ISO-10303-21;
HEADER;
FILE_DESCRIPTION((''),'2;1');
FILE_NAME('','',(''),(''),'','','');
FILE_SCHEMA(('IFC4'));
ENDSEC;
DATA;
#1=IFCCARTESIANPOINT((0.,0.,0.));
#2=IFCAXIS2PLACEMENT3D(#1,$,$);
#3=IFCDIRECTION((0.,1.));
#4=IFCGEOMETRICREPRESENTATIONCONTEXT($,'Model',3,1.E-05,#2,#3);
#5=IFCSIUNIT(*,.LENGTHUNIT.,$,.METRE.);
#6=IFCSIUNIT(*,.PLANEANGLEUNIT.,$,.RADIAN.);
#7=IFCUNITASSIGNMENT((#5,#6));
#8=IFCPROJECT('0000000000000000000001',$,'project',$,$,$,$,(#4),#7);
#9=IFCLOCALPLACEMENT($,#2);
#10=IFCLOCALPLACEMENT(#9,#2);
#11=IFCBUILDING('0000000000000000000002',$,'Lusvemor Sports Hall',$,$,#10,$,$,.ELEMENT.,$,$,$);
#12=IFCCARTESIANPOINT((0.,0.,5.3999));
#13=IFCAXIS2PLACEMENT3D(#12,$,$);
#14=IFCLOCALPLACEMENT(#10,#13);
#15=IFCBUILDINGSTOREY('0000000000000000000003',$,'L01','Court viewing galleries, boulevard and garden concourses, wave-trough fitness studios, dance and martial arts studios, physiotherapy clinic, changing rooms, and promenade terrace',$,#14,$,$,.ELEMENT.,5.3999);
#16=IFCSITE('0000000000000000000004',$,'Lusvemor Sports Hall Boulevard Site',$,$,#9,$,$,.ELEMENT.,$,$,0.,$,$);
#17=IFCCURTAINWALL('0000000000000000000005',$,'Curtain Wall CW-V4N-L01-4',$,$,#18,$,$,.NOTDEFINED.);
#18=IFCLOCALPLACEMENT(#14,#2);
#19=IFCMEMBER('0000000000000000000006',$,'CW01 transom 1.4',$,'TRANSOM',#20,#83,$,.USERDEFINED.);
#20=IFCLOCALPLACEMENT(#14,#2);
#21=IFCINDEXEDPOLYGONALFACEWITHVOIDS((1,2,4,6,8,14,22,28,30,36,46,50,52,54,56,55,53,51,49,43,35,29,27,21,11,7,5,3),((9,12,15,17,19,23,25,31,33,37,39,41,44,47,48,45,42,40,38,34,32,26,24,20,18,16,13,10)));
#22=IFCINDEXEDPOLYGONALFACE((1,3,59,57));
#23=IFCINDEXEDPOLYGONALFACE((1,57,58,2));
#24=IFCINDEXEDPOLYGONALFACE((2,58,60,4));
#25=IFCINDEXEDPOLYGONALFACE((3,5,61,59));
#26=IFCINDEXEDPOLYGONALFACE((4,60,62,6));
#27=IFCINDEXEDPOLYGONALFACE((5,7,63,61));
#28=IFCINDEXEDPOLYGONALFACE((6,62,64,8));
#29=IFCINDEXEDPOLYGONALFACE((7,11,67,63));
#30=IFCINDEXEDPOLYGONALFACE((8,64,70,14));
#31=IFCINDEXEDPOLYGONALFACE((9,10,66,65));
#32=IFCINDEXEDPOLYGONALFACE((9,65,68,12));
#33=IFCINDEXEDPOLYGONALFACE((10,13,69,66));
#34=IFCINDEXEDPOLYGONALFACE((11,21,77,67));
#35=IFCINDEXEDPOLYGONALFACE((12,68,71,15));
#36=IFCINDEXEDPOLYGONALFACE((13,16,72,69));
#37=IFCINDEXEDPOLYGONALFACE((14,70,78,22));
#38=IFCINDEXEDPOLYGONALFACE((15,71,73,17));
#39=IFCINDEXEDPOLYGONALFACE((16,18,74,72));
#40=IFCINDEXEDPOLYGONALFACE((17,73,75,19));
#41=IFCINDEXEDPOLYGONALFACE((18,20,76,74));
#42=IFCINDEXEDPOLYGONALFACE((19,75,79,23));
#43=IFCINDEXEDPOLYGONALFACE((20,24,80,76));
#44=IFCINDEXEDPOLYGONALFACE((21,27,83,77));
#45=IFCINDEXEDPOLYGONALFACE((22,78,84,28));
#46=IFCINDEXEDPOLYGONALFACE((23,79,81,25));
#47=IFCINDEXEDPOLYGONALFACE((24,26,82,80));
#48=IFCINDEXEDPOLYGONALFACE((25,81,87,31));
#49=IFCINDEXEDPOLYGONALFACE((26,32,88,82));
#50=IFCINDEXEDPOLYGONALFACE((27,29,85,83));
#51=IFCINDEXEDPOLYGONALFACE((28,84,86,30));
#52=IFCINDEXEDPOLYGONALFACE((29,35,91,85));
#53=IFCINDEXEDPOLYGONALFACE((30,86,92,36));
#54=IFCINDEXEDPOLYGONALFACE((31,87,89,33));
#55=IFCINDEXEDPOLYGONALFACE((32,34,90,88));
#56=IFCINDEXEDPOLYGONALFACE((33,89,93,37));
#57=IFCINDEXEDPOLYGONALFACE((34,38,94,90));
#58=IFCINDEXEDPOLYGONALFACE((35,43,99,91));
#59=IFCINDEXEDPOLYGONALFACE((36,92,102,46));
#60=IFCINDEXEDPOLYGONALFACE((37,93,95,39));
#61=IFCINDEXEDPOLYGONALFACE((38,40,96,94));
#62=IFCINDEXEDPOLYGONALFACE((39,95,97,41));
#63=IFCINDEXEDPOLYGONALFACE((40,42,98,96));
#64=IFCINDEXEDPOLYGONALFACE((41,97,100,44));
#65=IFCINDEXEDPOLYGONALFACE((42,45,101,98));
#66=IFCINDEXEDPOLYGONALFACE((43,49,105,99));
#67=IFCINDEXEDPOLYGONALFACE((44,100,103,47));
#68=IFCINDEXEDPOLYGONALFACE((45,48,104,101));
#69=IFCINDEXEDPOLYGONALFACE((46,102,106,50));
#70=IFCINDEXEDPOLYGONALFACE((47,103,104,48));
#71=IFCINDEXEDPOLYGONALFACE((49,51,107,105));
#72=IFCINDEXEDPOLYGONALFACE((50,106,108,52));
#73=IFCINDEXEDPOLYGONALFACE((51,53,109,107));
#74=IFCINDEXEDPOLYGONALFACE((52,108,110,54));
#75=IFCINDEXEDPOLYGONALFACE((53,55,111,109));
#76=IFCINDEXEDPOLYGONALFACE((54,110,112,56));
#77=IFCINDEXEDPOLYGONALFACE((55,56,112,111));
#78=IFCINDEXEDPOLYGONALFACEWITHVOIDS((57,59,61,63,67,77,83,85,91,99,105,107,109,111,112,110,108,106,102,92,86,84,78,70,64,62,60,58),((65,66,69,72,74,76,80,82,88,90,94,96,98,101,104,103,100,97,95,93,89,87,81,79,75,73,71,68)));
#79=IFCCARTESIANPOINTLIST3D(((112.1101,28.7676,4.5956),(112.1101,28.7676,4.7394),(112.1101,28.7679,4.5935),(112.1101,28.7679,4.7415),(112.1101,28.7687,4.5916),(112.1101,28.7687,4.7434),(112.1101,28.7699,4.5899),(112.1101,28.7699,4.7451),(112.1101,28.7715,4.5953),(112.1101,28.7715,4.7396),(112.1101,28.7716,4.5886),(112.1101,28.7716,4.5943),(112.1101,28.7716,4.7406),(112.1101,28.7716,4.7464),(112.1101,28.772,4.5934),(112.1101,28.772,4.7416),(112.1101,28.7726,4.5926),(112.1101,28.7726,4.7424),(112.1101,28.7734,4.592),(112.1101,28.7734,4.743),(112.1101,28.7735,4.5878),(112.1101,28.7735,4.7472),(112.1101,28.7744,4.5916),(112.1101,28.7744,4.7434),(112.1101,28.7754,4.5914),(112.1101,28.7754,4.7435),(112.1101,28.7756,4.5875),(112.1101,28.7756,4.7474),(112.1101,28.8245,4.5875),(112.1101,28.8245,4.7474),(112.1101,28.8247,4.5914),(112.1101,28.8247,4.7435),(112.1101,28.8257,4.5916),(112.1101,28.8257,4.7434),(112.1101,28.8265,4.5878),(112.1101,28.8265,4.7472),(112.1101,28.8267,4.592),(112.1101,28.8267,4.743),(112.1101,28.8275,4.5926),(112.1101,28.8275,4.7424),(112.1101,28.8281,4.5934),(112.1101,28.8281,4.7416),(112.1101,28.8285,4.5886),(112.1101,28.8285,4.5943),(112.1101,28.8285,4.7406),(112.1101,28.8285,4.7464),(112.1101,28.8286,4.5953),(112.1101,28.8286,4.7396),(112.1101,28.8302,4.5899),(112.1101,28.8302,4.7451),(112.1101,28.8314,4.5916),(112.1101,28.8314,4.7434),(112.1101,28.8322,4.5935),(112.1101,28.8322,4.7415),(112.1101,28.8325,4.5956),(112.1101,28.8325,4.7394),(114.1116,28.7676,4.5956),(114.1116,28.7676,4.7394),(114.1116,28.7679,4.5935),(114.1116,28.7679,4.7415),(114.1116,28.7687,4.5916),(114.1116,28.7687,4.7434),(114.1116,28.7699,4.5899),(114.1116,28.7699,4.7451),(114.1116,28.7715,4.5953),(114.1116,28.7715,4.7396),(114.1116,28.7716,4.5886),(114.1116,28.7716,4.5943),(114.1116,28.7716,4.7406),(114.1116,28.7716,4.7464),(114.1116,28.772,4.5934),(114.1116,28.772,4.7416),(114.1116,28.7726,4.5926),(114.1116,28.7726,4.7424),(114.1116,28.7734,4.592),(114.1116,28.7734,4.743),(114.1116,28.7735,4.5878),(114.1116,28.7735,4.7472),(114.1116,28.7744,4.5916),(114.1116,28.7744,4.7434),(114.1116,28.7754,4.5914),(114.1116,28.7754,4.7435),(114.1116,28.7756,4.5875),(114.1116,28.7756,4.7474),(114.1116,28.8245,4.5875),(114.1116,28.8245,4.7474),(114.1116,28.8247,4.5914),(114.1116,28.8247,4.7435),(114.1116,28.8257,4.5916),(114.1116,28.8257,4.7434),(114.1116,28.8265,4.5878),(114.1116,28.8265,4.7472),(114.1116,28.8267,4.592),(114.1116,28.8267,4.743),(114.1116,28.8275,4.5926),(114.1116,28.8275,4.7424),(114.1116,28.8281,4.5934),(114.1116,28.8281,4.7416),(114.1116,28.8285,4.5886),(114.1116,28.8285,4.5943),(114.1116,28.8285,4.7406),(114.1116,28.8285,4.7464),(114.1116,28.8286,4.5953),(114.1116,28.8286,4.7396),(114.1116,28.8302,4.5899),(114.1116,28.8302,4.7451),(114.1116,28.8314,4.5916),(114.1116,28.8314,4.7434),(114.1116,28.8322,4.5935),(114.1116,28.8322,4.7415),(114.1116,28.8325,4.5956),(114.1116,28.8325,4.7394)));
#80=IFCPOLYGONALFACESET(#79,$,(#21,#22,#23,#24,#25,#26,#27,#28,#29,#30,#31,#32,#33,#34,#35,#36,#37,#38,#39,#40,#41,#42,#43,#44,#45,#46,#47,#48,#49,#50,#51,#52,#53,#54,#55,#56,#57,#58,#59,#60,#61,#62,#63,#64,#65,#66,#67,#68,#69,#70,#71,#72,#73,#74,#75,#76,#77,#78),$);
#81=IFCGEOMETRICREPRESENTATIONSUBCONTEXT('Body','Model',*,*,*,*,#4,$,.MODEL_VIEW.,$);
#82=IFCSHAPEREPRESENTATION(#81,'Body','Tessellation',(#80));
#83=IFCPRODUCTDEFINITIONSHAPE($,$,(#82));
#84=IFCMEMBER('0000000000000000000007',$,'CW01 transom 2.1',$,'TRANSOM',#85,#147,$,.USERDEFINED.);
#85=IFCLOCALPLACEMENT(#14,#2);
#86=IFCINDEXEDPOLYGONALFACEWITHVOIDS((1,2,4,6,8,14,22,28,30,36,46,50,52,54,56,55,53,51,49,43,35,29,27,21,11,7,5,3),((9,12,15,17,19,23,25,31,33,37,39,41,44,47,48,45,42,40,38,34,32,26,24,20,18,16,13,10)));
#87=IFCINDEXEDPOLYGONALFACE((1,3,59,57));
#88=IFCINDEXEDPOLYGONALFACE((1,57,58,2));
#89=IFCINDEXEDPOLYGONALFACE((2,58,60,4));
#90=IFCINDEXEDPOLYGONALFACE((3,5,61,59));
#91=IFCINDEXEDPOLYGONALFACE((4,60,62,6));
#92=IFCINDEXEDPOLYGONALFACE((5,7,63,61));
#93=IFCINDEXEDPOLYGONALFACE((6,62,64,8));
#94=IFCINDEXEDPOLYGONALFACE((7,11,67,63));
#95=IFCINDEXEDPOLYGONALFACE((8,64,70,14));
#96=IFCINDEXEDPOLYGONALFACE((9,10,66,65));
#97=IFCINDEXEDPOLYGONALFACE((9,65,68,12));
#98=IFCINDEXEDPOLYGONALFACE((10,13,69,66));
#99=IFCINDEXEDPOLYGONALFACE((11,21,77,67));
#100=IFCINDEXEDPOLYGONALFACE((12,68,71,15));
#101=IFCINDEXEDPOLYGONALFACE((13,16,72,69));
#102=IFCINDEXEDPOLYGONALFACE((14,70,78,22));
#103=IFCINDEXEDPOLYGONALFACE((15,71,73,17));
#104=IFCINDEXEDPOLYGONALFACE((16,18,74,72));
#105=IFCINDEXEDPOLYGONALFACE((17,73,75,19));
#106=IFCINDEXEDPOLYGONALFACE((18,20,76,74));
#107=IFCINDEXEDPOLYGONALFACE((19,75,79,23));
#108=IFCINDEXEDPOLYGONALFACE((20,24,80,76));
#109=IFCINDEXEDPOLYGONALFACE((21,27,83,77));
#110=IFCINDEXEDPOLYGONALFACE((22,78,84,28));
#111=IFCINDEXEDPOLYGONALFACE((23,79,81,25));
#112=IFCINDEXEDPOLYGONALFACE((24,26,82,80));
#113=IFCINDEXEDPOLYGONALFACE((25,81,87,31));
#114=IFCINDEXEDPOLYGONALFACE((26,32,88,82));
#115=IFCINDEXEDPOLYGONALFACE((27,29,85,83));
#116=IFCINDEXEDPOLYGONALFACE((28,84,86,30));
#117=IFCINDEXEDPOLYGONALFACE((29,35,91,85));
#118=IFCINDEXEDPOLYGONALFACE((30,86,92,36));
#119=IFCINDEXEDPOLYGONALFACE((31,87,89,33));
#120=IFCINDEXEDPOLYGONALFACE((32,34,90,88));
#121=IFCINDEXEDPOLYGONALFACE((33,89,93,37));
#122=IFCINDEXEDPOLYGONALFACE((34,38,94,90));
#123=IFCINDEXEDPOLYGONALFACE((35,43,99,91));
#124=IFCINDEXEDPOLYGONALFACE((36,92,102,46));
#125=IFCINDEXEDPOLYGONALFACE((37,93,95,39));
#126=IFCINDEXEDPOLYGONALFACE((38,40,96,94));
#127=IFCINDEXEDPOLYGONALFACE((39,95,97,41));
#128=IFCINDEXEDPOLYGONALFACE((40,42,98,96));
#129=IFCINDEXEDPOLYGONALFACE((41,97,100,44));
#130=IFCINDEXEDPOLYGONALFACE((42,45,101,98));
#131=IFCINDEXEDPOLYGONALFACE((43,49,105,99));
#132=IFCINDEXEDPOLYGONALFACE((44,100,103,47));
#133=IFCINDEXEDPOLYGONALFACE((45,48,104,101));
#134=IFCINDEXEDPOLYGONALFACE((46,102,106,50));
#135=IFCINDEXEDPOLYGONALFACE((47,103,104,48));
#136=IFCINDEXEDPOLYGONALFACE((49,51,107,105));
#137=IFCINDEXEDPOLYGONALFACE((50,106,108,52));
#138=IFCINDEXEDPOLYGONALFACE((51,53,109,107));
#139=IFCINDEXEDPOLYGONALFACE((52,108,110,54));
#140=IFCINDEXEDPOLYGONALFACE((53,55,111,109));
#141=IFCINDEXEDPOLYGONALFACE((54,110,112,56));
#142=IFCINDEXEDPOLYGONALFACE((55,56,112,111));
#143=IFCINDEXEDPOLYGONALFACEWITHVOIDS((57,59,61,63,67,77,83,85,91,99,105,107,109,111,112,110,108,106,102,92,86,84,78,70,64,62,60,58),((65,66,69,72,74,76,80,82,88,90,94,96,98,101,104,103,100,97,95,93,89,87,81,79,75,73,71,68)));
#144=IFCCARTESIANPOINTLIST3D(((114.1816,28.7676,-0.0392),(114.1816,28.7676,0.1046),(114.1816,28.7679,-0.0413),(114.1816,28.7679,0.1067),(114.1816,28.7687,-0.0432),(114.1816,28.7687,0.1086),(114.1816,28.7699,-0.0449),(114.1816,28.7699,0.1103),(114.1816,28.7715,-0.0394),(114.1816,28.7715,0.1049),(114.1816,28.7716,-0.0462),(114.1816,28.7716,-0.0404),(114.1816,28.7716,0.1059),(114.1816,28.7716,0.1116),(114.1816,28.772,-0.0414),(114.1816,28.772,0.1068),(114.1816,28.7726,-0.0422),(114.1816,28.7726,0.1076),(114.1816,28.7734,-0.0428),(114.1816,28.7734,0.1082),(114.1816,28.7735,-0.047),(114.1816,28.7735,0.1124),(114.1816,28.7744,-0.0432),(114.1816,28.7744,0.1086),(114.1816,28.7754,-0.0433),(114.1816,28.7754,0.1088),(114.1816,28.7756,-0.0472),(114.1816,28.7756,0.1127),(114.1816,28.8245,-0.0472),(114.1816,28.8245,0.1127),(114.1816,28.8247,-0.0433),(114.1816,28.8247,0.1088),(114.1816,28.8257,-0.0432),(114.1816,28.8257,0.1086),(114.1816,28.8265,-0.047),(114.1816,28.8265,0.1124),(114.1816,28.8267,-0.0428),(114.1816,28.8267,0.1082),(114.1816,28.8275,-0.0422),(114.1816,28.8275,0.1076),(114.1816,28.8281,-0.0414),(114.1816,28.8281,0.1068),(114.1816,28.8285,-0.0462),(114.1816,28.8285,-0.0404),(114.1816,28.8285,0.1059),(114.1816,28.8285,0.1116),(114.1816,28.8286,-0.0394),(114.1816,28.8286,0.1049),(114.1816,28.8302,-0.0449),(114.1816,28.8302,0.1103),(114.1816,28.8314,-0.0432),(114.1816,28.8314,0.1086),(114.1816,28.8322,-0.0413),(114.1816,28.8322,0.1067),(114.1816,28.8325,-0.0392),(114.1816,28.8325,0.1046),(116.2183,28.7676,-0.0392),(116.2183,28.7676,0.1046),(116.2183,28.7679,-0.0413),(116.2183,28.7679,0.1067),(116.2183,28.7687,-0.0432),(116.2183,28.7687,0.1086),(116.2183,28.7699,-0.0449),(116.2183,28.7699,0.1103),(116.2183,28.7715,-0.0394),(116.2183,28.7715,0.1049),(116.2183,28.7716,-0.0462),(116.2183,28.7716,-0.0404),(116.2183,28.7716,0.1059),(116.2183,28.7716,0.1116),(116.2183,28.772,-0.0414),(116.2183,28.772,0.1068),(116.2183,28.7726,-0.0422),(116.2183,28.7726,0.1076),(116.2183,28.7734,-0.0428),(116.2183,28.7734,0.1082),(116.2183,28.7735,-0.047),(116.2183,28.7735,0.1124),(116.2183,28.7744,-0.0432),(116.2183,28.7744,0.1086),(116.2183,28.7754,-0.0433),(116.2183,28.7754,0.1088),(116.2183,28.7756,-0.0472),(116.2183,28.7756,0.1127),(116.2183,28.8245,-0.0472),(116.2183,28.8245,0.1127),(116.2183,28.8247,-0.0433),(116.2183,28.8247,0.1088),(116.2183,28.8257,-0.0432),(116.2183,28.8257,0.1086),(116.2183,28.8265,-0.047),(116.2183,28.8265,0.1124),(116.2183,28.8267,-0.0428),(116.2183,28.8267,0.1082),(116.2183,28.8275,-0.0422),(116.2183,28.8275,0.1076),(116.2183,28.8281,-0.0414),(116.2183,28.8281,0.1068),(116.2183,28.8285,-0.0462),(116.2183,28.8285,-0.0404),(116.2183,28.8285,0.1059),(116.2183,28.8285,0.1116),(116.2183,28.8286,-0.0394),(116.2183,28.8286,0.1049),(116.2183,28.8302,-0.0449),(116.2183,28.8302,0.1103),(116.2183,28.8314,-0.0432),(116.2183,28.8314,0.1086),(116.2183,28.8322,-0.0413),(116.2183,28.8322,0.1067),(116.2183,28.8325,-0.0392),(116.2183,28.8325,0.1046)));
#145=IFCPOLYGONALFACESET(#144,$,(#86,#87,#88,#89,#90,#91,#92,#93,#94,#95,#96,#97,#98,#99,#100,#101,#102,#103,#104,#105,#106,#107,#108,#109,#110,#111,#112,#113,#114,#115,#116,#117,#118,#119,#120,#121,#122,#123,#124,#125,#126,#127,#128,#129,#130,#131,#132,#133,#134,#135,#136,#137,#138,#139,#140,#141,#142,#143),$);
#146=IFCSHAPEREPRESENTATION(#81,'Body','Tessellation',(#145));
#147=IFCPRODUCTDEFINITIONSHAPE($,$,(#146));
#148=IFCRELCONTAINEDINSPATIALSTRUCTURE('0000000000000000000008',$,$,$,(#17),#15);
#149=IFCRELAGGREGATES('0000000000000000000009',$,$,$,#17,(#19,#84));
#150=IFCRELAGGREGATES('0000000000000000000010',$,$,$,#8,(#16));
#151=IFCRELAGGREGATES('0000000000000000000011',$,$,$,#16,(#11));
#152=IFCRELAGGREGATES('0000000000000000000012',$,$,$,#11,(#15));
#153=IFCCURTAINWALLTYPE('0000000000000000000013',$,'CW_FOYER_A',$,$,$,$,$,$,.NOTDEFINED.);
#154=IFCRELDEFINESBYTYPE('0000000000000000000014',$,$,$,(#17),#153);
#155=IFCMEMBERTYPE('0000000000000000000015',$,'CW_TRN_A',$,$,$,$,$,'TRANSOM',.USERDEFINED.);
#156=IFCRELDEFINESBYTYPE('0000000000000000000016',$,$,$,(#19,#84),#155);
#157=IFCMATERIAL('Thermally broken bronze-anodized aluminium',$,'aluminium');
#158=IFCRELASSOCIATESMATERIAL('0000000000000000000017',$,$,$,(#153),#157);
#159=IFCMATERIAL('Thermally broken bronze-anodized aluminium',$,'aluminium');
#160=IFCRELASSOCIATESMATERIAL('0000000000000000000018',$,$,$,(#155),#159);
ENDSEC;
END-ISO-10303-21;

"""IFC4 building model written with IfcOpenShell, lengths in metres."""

from ifc_helpers import new_model, si_unit, direction, frame, origin, origin_2d, place, context, subcontext, project, spatial, hollow_rectangle, extrude, material, material_profile, profile_set, type_object, element, aggregate, save


model = new_model("IFC4")

# Units and contexts
model_context = context("Model", 3, precision=1e-05, world=origin(), true_north=direction((0.0, 1.0)))
body_context = subcontext(model_context, "Body", "Model", "MODEL_VIEW")
ifc_project = project(units=[si_unit("LENGTHUNIT", "METRE"), si_unit("PLANEANGLEUNIT", "RADIAN")], contexts=[model_context])

# Site, building, storey
site_placement = place(None, origin())
site = spatial("IfcSite", under=ifc_project, at=site_placement, Name="Lusvemor Sports Hall Boulevard Site", CompositionType="ELEMENT", RefElevation=0.0)
building_placement = place(site_placement, origin())
building = spatial("IfcBuilding", under=site, at=building_placement, Name="Lusvemor Sports Hall", CompositionType="ELEMENT")
storey_placement = place(building_placement, frame((0.0, 0.0, 5.3999)))
storey = spatial("IfcBuildingStorey", under=building, at=storey_placement, Name="L01", Description="Court viewing galleries, boulevard and garden concourses, wave-trough fitness studios, dance and martial arts studios, physiotherapy clinic, changing rooms, and promenade terrace", CompositionType="ELEMENT", Elevation=5.3999)

# Curtain wall
ifc_material_1 = material(Name="Thermally broken bronze-anodized aluminium", Category="aluminium")
curtain_wall_type_1 = type_object("IfcCurtainWallType", Name="CW_FOYER_A", PredefinedType="NOTDEFINED", material=ifc_material_1)
curtain_wall_1_placement = place(storey_placement, origin())
curtain_wall_1 = element("IfcCurtainWall", 1, at=curtain_wall_1_placement, inside=storey, type_object=curtain_wall_type_1, Name="Curtain Wall CW-V4N-L01-4", PredefinedType="NOTDEFINED")

# Members
ifc_material_2 = material(Name="Thermally broken bronze-anodized aluminium", Category="aluminium")
ifc_material_profile_1 = material_profile(ifc_material_2, hollow_rectangle(XDim=0.0649, YDim=0.1599, WallThickness=0.0039, InnerFilletRadius=0.0039, OuterFilletRadius=0.0081, at=origin_2d()), Name="CWTRN160x65x4")
ifc_profile_set_1 = profile_set([ifc_material_profile_1], Name="Thermally broken bronze-anodized aluminium")
member_type_1 = type_object("IfcMemberType", Name="CW_TRN_A", ElementType="TRANSOM", PredefinedType="USERDEFINED", material=ifc_profile_set_1)
member_1_placement = place(storey_placement, frame((112.1101, 28.8, 4.6675), z_axis=(1.0, 0.0, 0.0), x_axis=(0.0, 1.0, 0.0)))
member_1 = element("IfcMember", 2, at=member_1_placement, type_object=member_type_1, Name="CW01 transom 1.4", ObjectType="TRANSOM", PredefinedType="USERDEFINED", context=body_context, shape_type="SweptSolid", body=[
    extrude(hollow_rectangle(XDim=0.0649, YDim=0.1599, WallThickness=0.0039, InnerFilletRadius=0.0039, OuterFilletRadius=0.0081, at=origin_2d()), origin(), (0.0, 0.0, 1.0), 2.0015),
])
member_2_placement = place(storey_placement, frame((114.1816, 28.8, 0.0327), z_axis=(1.0, 0.0, 0.0), x_axis=(0.0, 1.0, 0.0)))
member_2 = element("IfcMember", 3, at=member_2_placement, type_object=member_type_1, Name="CW01 transom 2.1", ObjectType="TRANSOM", PredefinedType="USERDEFINED", context=body_context, shape_type="SweptSolid", body=[
    extrude(hollow_rectangle(XDim=0.0649, YDim=0.1599, WallThickness=0.0039, InnerFilletRadius=0.0039, OuterFilletRadius=0.0081, at=origin_2d()), origin(), (0.0, 0.0, 1.0), 2.0366),
])

aggregate(curtain_wall_1, [member_1, member_2])

save(model, "model.ifc")
